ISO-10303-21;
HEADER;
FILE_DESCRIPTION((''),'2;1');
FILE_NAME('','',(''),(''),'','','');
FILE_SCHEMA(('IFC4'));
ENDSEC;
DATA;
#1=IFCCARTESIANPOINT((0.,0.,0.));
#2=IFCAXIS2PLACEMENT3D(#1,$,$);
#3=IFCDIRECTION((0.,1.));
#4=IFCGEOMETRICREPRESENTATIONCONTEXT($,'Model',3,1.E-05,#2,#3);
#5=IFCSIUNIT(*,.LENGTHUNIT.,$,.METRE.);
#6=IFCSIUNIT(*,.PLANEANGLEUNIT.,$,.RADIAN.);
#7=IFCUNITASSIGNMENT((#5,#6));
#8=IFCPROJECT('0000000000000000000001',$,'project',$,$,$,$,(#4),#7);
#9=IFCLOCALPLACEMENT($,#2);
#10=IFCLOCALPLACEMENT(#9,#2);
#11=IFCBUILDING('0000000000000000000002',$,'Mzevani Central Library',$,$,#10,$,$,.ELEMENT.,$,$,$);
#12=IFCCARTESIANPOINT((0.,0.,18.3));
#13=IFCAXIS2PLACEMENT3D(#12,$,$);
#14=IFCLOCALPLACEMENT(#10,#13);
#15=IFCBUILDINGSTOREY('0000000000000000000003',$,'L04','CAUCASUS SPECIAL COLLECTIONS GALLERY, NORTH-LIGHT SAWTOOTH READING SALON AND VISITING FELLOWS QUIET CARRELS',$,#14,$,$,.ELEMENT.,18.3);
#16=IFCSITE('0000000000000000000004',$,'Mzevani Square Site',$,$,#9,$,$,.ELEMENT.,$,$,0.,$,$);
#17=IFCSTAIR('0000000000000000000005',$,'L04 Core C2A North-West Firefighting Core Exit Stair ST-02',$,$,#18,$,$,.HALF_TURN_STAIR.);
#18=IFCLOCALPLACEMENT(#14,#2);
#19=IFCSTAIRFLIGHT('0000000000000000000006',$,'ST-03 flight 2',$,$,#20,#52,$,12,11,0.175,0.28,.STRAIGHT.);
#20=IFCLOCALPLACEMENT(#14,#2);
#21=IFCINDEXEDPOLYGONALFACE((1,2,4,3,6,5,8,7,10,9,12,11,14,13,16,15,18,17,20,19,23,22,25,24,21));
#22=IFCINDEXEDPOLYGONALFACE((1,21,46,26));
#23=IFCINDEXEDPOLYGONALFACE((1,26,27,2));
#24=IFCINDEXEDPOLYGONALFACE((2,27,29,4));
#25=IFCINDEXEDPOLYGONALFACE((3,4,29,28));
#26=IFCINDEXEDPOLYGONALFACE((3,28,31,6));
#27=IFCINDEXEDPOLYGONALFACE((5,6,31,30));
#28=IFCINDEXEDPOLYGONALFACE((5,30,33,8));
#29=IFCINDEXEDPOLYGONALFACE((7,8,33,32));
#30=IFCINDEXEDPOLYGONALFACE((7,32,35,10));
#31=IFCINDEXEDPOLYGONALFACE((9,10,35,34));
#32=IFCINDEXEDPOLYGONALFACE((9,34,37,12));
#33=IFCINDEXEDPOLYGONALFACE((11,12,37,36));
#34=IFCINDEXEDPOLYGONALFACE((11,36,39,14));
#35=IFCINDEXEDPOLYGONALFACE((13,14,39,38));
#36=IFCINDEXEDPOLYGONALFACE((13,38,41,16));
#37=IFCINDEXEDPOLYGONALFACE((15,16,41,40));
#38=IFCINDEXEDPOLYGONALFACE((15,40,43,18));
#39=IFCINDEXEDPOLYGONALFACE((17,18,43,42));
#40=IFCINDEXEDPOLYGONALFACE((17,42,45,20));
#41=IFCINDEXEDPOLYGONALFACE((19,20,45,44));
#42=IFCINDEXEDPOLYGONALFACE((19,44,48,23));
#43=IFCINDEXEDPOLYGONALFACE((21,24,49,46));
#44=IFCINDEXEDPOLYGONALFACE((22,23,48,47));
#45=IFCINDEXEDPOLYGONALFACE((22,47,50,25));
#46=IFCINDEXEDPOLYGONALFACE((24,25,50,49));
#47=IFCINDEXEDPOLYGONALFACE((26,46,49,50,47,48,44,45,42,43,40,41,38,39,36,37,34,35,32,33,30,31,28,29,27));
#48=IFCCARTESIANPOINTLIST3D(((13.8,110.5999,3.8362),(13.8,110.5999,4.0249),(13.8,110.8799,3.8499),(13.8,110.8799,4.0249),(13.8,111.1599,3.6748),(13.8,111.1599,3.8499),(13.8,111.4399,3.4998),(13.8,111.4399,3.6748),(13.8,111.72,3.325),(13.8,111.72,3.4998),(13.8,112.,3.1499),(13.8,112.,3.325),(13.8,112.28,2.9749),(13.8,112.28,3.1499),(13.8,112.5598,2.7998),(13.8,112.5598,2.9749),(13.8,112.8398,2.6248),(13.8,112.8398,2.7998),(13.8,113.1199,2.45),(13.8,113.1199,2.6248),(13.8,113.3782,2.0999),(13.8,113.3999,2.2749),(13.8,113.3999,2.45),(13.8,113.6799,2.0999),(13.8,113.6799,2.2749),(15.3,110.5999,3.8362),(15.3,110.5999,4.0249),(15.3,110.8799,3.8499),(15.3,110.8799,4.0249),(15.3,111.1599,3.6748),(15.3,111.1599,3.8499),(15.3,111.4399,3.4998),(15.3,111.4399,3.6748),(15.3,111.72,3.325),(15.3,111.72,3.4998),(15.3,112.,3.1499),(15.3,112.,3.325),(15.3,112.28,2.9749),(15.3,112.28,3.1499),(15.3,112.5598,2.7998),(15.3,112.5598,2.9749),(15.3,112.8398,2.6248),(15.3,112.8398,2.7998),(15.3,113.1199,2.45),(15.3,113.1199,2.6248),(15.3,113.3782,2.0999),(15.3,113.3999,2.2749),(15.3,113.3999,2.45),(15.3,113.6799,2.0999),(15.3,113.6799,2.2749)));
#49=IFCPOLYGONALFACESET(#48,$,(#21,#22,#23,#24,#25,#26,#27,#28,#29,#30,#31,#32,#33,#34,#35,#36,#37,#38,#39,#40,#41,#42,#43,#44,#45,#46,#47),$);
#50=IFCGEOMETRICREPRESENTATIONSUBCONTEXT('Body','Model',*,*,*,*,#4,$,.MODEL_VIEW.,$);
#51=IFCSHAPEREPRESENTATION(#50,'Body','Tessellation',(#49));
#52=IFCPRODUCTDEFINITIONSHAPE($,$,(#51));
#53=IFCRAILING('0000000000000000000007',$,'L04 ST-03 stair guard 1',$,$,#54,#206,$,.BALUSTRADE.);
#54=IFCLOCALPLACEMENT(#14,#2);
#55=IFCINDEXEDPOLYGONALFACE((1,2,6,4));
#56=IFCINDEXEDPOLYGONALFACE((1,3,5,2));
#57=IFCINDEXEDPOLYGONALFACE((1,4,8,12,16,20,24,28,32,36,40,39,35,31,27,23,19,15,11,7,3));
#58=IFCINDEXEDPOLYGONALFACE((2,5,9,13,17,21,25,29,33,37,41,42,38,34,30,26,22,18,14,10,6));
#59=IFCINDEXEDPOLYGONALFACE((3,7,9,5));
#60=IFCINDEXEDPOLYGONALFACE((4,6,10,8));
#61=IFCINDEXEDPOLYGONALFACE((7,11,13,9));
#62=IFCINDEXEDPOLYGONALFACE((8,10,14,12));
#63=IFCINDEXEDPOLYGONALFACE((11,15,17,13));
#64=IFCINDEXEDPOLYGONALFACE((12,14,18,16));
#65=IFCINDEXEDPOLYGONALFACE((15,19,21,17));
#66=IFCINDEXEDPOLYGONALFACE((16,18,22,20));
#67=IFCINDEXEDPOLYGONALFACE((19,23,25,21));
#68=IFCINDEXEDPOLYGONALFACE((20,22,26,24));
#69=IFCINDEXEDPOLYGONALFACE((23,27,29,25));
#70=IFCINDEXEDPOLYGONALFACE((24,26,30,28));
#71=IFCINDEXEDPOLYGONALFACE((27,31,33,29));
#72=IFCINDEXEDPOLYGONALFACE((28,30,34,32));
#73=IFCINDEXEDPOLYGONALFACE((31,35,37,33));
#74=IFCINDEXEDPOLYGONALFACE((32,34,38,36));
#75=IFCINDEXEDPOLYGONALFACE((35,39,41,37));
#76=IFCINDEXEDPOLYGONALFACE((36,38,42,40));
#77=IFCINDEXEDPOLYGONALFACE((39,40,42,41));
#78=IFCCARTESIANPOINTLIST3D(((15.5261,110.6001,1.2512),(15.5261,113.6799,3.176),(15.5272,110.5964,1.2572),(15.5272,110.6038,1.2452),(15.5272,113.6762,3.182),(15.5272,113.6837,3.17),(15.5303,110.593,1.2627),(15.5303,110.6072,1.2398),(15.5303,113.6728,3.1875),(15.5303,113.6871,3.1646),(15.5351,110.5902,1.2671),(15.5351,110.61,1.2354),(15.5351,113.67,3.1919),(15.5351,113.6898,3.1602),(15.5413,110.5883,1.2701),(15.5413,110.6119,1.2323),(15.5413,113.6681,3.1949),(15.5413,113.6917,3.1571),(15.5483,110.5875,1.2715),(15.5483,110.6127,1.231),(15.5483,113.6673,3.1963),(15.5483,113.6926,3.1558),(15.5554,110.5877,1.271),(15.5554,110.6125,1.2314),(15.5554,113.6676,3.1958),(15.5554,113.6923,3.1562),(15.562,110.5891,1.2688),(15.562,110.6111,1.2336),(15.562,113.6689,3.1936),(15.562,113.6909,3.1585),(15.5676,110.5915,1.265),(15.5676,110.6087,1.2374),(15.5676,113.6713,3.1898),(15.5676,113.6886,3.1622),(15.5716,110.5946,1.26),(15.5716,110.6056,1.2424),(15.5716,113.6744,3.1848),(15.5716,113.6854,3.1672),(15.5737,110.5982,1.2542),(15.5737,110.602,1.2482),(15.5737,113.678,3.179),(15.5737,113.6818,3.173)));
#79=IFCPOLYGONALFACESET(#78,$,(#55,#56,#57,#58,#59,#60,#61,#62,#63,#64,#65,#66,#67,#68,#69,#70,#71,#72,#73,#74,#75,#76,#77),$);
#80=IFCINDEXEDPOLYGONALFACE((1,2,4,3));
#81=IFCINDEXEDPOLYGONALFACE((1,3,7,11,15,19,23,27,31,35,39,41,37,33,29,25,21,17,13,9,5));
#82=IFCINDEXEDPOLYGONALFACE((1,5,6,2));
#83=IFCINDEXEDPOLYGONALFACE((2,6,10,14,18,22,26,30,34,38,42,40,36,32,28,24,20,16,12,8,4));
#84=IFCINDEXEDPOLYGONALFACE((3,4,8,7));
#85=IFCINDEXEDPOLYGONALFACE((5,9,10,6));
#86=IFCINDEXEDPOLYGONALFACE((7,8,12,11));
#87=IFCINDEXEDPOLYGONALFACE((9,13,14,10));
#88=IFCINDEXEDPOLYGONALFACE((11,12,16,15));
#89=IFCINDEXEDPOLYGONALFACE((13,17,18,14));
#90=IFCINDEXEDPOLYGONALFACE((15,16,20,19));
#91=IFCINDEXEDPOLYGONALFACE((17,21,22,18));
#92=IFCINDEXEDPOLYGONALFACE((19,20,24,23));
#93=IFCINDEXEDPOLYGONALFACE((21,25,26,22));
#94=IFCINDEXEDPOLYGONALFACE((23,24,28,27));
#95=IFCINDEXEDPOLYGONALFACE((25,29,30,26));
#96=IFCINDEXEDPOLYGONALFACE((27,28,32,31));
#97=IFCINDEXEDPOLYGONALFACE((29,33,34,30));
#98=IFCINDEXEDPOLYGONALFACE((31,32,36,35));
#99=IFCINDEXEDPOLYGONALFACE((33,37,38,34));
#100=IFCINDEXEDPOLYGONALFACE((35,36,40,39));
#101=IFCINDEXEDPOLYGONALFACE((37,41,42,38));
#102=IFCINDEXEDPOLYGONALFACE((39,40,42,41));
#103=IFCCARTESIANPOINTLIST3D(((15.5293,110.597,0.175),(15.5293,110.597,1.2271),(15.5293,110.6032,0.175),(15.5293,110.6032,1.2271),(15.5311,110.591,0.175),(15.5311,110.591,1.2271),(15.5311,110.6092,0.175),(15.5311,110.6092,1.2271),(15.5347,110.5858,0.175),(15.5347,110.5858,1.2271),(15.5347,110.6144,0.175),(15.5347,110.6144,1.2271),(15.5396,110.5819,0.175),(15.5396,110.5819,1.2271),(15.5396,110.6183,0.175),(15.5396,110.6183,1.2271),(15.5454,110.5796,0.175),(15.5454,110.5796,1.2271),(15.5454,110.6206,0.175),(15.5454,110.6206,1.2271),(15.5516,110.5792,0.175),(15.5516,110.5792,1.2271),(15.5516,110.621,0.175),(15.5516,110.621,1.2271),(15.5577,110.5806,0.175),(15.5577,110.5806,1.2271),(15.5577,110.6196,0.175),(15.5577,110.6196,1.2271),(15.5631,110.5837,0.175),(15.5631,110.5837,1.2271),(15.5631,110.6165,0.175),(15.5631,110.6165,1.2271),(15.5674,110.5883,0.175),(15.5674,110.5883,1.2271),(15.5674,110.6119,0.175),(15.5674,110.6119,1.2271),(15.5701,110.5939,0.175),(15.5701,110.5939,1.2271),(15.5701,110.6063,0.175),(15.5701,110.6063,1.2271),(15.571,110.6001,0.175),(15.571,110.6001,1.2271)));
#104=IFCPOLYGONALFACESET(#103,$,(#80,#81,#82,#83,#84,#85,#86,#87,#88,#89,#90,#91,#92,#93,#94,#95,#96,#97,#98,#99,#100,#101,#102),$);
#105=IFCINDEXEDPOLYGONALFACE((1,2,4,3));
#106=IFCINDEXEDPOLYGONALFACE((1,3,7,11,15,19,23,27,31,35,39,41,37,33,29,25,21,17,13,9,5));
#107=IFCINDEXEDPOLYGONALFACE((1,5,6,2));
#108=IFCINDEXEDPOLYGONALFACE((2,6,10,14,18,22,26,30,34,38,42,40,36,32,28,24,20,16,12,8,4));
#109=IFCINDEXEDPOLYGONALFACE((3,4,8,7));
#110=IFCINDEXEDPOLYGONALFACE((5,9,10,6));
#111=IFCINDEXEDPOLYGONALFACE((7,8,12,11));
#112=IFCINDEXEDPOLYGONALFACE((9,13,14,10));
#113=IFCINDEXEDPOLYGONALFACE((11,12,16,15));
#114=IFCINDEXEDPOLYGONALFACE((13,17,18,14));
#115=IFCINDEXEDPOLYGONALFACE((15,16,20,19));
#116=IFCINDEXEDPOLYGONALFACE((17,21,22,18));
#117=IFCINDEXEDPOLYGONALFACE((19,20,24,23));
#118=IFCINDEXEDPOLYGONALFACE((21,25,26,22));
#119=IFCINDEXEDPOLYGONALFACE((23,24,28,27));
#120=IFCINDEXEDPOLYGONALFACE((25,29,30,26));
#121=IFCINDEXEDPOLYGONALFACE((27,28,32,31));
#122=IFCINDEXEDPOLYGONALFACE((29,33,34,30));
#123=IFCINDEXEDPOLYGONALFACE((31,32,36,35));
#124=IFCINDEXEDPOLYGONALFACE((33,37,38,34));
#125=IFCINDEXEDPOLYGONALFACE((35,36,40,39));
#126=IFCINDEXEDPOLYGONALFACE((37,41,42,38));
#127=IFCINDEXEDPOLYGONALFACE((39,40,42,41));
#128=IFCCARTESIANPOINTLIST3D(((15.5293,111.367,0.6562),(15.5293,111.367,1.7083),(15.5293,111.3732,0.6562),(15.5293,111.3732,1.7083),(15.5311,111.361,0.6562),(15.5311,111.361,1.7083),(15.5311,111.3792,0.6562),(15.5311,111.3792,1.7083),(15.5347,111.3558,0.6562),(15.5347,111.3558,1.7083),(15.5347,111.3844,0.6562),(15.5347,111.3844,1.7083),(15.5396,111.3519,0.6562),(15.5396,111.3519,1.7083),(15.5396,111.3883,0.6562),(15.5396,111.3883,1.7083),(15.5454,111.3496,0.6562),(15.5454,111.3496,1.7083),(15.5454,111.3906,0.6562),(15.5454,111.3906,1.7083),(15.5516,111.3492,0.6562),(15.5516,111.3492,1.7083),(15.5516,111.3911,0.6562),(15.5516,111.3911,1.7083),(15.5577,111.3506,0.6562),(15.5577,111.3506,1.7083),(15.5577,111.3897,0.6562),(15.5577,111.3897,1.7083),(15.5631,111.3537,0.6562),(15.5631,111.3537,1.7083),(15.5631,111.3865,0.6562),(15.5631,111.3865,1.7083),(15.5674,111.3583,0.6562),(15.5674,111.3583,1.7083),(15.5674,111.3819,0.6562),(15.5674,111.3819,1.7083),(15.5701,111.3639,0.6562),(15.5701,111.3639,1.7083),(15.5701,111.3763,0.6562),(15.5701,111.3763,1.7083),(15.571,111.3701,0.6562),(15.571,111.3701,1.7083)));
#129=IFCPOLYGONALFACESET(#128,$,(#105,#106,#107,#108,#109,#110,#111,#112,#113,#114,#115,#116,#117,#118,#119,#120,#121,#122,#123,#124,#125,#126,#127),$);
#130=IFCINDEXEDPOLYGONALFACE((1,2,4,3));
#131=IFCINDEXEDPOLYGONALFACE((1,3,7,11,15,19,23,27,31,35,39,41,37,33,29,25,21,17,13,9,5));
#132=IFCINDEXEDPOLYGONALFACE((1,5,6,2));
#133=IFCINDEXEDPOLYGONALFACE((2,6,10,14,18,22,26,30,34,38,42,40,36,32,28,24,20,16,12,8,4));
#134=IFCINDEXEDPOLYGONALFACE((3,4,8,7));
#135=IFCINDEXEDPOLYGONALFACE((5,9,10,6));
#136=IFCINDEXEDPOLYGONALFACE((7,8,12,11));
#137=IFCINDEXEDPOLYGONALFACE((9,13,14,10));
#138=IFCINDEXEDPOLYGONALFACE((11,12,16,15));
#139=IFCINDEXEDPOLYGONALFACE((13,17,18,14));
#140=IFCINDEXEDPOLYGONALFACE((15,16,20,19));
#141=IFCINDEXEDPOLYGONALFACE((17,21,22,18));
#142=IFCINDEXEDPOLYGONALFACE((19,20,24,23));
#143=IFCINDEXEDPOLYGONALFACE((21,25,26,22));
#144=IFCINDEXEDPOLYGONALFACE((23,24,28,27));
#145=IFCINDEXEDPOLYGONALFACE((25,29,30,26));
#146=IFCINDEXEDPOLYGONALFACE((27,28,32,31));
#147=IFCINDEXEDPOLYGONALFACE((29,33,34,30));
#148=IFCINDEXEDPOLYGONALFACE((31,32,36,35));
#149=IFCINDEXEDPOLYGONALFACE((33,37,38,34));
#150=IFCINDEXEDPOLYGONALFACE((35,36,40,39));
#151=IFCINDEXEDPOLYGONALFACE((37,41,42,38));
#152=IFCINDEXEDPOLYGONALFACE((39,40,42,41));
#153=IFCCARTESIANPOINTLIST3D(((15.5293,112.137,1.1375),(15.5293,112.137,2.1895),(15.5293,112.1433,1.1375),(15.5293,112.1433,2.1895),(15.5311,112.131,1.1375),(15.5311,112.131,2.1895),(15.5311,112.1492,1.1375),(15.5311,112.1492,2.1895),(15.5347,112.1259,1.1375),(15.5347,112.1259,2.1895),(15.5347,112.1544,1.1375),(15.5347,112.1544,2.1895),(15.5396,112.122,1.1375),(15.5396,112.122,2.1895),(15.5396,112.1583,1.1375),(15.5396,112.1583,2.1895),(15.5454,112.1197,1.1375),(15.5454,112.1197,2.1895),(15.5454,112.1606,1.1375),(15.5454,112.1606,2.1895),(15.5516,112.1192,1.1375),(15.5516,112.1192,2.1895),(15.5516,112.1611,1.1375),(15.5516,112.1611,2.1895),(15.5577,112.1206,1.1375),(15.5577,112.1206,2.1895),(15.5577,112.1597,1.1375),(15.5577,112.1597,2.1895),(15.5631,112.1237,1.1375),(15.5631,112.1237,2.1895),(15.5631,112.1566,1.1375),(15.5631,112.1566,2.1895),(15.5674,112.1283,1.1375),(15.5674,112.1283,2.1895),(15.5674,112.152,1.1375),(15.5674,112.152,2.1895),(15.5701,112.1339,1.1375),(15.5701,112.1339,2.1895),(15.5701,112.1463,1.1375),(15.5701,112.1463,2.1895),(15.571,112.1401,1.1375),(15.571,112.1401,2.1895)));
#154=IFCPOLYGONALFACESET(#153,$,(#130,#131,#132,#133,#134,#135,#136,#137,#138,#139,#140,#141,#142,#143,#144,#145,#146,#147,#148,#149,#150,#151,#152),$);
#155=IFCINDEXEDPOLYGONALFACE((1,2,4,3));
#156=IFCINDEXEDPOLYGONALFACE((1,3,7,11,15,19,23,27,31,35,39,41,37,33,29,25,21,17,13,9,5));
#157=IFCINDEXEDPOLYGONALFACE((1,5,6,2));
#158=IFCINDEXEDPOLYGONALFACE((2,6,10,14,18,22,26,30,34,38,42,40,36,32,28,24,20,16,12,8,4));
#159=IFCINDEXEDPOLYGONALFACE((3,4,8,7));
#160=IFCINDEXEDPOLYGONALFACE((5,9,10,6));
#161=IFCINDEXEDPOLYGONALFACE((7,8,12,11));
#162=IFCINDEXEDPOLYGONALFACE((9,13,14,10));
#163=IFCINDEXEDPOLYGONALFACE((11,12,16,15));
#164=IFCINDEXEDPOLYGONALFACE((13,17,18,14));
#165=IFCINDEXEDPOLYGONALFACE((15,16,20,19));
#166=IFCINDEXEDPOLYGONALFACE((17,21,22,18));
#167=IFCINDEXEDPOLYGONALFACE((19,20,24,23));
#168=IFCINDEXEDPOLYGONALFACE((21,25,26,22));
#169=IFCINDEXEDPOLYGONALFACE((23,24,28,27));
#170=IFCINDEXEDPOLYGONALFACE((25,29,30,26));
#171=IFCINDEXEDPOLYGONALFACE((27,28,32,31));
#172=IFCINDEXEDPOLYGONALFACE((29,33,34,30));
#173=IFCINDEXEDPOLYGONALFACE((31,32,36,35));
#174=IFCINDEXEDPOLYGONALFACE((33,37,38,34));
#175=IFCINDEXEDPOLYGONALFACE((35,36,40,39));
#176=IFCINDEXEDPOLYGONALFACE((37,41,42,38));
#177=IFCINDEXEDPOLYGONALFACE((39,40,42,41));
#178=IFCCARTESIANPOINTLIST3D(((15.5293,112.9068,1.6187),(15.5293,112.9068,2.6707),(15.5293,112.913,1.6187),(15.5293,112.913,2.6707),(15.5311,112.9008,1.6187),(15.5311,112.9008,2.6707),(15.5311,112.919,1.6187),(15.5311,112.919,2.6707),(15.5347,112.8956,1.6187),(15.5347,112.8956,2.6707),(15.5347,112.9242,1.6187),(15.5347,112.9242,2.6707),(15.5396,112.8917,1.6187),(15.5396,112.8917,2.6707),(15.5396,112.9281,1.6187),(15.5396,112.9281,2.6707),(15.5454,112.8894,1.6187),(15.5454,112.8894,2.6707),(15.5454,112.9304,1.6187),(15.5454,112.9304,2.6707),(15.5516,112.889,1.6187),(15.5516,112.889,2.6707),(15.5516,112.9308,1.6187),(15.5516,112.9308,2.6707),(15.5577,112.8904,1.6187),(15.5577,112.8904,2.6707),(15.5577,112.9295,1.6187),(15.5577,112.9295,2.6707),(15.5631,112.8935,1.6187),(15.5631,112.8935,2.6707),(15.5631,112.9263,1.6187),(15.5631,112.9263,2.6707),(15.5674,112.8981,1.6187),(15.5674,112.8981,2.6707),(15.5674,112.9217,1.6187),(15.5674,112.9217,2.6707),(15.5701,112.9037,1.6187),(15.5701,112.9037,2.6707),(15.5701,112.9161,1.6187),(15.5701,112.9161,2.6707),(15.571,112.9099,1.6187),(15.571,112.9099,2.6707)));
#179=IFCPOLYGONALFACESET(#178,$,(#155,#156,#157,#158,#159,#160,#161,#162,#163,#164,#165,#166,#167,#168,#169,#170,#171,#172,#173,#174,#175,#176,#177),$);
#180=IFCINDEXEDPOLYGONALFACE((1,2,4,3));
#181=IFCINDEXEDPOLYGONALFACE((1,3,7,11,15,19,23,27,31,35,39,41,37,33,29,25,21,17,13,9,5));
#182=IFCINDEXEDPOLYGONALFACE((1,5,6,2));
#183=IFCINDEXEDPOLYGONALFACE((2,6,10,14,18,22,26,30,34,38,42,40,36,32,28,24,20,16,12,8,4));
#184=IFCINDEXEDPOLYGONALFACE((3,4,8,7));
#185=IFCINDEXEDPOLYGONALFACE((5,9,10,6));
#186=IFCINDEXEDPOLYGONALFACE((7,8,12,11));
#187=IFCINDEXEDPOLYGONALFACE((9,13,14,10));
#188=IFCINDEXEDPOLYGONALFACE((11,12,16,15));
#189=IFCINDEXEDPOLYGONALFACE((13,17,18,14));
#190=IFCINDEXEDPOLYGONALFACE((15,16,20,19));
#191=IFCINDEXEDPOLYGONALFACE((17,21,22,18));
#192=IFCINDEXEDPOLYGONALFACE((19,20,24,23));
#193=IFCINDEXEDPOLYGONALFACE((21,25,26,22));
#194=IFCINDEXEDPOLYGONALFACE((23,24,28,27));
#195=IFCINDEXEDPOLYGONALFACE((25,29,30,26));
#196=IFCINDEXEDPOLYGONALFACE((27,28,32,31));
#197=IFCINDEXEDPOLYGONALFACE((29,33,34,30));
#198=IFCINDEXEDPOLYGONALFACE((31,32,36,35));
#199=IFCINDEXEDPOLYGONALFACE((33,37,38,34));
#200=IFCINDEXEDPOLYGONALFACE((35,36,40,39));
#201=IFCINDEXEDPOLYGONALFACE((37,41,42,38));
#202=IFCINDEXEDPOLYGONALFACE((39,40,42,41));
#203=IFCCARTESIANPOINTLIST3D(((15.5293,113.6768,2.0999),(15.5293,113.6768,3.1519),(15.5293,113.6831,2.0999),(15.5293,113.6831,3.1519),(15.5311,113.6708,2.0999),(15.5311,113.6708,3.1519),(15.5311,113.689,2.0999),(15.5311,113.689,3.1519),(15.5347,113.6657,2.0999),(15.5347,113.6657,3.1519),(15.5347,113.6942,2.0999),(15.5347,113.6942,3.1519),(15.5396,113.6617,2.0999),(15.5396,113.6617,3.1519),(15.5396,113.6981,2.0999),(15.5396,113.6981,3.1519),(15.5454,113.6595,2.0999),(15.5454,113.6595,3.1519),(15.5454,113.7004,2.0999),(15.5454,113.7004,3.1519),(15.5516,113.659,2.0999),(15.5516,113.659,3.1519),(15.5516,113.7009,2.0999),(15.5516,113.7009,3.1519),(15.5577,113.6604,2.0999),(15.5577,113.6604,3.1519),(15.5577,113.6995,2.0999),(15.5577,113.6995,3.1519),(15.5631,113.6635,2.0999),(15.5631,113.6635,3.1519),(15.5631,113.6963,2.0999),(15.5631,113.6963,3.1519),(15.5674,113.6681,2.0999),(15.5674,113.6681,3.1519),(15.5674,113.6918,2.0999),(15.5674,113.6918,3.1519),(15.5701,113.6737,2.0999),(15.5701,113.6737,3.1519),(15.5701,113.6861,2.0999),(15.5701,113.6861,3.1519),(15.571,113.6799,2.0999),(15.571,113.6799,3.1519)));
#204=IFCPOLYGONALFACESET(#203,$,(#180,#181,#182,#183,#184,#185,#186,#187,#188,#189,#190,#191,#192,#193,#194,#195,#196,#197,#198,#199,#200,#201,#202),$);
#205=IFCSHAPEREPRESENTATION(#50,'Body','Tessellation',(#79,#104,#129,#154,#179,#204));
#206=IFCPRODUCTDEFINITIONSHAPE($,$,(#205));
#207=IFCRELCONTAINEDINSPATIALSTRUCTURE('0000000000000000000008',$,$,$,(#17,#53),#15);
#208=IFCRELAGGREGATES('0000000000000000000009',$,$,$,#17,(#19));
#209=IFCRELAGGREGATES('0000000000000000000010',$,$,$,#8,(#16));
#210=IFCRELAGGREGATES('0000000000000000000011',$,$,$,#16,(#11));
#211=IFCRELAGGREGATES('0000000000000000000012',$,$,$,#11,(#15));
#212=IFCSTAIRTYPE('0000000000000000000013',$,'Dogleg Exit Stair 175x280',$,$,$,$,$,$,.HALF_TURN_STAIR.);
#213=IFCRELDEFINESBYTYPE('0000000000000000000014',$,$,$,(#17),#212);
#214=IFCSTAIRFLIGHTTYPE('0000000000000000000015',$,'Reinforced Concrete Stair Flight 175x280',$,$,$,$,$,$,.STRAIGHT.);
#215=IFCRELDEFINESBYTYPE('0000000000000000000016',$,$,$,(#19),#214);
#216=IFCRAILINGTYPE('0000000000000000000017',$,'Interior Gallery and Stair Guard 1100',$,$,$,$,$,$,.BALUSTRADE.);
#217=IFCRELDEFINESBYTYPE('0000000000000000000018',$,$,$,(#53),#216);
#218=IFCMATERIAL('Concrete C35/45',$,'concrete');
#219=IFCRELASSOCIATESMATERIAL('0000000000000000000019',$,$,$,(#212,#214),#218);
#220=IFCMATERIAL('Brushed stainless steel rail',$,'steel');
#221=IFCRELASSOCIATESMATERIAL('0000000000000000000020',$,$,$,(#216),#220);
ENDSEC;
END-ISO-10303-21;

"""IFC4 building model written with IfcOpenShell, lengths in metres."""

from ifc_helpers import new_model, si_unit, direction, frame, origin, origin_2d, place, context, subcontext, project, spatial, polyline, circle, outline, extrude, material, type_object, element, aggregate, save


model = new_model("IFC4")

# Units and contexts
model_context = context("Model", 3, precision=1e-05, world=origin(), true_north=direction((0.0, 1.0)))
body_context = subcontext(model_context, "Body", "Model", "MODEL_VIEW")
ifc_project = project(units=[si_unit("LENGTHUNIT", "METRE"), si_unit("PLANEANGLEUNIT", "RADIAN")], contexts=[model_context])

# Site, building, storey
site_placement = place(None, origin())
site = spatial("IfcSite", under=ifc_project, at=site_placement, Name="Mzevani Square Site", CompositionType="ELEMENT", RefElevation=0.0)
building_placement = place(site_placement, origin())
building = spatial("IfcBuilding", under=site, at=building_placement, Name="Mzevani Central Library", CompositionType="ELEMENT")
storey_placement = place(building_placement, frame((0.0, 0.0, 18.3)))
storey = spatial("IfcBuildingStorey", under=building, at=storey_placement, Name="L04", Description="CAUCASUS SPECIAL COLLECTIONS GALLERY, NORTH-LIGHT SAWTOOTH READING SALON AND VISITING FELLOWS QUIET CARRELS", CompositionType="ELEMENT", Elevation=18.3)

# Shared definitions
ifc_material_1 = material(Name="Concrete C35/45", Category="concrete")

# Stair, stair flight
stair_type = type_object("IfcStairType", Name="Dogleg Exit Stair 175x280", PredefinedType="HALF_TURN_STAIR", material=ifc_material_1)
stair_placement = place(storey_placement, origin())
stair = element("IfcStair", 1, at=stair_placement, inside=storey, type_object=stair_type, Name="L04 Core C2A North-West Firefighting Core Exit Stair ST-02", PredefinedType="HALF_TURN_STAIR")
stair_flight_type = type_object("IfcStairFlightType", Name="Reinforced Concrete Stair Flight 175x280", PredefinedType="STRAIGHT", material=ifc_material_1)
stair_flight_1_placement = place(storey_placement, frame((14.55, 113.6799, 2.0999), z_axis=(0.0, 0.0, 1.0), x_axis=(0.0, -1.0, 0.0)))
stair_flight_1 = element("IfcStairFlight", 2, at=stair_flight_1_placement, type_object=stair_flight_type, Name="ST-03 flight 2", NumberOfRisers=12, NumberOfTreads=11, PredefinedType="STRAIGHT", RiserHeight=0.175, TreadLength=0.28, context=body_context, shape_type="SweptSolid", body=[
    extrude(outline(polyline([(0.0, 0.0), (0.0, 0.175), (0.28, 0.175), (0.28, 0.3501), (0.5601, 0.3501), (0.5601, 0.5249), (0.8401, 0.5249), (0.8401, 0.7), (1.1201, 0.7), (1.1201, 0.875), (1.3999, 0.875), (1.3999, 1.05), (1.6799, 1.05), (1.6799, 1.2251), (1.96, 1.2251), (1.96, 1.3999), (2.24, 1.3999), (2.24, 1.575), (2.52, 1.575), (2.52, 1.75), (2.8, 1.75), (2.8, 1.925), (3.0801, 1.925), (3.0801, 2.1001), (3.0801, 1.7363), (0.3018, 0.0), (0.0, 0.0)])), frame((0.0, 0.75, 0.0), z_axis=(0.0, -1.0, 0.0), x_axis=(1.0, 0.0, 0.0)), (0.0, 0.0, 1.0), 1.5),
])
aggregate(stair, [stair_flight_1])

# Railing
ifc_material_2 = material(Name="Brushed stainless steel rail", Category="steel")
railing_type_1 = type_object("IfcRailingType", Name="Interior Gallery and Stair Guard 1100", PredefinedType="BALUSTRADE", material=ifc_material_2)
railing_1_placement = place(storey_placement, frame((15.55, 110.6001, 0.175)))
element("IfcRailing", 3, at=railing_1_placement, inside=storey, type_object=railing_type_1, Name="L04 ST-03 stair guard 1", PredefinedType="BALUSTRADE", context=body_context, shape_type="SweptSolid", body=[
    extrude(circle(Radius=0.0239, at=origin_2d()), frame((0.0, 0.0, 1.0762), z_axis=(0.0, 0.84801, 0.529981), x_axis=(-1.0, 0.0, 0.0)), (0.0, 0.0, 1.0), 3.6318),
    extrude(circle(Radius=0.021, at=origin_2d()), origin(), (0.0, 0.0, 1.0), 1.052),
    extrude(circle(Radius=0.021, at=origin_2d()), frame((0.0, 0.77, 0.4812)), (0.0, 0.0, 1.0), 1.052),
    extrude(circle(Radius=0.021, at=origin_2d()), frame((0.0, 1.54, 0.9624)), (0.0, 0.0, 1.0), 1.052),
    extrude(circle(Radius=0.021, at=origin_2d()), frame((0.0, 2.3098, 1.4436)), (0.0, 0.0, 1.0), 1.052),
    extrude(circle(Radius=0.021, at=origin_2d()), frame((0.0, 3.0798, 1.9248)), (0.0, 0.0, 1.0), 1.052),
])

save(model, "model.ifc")
